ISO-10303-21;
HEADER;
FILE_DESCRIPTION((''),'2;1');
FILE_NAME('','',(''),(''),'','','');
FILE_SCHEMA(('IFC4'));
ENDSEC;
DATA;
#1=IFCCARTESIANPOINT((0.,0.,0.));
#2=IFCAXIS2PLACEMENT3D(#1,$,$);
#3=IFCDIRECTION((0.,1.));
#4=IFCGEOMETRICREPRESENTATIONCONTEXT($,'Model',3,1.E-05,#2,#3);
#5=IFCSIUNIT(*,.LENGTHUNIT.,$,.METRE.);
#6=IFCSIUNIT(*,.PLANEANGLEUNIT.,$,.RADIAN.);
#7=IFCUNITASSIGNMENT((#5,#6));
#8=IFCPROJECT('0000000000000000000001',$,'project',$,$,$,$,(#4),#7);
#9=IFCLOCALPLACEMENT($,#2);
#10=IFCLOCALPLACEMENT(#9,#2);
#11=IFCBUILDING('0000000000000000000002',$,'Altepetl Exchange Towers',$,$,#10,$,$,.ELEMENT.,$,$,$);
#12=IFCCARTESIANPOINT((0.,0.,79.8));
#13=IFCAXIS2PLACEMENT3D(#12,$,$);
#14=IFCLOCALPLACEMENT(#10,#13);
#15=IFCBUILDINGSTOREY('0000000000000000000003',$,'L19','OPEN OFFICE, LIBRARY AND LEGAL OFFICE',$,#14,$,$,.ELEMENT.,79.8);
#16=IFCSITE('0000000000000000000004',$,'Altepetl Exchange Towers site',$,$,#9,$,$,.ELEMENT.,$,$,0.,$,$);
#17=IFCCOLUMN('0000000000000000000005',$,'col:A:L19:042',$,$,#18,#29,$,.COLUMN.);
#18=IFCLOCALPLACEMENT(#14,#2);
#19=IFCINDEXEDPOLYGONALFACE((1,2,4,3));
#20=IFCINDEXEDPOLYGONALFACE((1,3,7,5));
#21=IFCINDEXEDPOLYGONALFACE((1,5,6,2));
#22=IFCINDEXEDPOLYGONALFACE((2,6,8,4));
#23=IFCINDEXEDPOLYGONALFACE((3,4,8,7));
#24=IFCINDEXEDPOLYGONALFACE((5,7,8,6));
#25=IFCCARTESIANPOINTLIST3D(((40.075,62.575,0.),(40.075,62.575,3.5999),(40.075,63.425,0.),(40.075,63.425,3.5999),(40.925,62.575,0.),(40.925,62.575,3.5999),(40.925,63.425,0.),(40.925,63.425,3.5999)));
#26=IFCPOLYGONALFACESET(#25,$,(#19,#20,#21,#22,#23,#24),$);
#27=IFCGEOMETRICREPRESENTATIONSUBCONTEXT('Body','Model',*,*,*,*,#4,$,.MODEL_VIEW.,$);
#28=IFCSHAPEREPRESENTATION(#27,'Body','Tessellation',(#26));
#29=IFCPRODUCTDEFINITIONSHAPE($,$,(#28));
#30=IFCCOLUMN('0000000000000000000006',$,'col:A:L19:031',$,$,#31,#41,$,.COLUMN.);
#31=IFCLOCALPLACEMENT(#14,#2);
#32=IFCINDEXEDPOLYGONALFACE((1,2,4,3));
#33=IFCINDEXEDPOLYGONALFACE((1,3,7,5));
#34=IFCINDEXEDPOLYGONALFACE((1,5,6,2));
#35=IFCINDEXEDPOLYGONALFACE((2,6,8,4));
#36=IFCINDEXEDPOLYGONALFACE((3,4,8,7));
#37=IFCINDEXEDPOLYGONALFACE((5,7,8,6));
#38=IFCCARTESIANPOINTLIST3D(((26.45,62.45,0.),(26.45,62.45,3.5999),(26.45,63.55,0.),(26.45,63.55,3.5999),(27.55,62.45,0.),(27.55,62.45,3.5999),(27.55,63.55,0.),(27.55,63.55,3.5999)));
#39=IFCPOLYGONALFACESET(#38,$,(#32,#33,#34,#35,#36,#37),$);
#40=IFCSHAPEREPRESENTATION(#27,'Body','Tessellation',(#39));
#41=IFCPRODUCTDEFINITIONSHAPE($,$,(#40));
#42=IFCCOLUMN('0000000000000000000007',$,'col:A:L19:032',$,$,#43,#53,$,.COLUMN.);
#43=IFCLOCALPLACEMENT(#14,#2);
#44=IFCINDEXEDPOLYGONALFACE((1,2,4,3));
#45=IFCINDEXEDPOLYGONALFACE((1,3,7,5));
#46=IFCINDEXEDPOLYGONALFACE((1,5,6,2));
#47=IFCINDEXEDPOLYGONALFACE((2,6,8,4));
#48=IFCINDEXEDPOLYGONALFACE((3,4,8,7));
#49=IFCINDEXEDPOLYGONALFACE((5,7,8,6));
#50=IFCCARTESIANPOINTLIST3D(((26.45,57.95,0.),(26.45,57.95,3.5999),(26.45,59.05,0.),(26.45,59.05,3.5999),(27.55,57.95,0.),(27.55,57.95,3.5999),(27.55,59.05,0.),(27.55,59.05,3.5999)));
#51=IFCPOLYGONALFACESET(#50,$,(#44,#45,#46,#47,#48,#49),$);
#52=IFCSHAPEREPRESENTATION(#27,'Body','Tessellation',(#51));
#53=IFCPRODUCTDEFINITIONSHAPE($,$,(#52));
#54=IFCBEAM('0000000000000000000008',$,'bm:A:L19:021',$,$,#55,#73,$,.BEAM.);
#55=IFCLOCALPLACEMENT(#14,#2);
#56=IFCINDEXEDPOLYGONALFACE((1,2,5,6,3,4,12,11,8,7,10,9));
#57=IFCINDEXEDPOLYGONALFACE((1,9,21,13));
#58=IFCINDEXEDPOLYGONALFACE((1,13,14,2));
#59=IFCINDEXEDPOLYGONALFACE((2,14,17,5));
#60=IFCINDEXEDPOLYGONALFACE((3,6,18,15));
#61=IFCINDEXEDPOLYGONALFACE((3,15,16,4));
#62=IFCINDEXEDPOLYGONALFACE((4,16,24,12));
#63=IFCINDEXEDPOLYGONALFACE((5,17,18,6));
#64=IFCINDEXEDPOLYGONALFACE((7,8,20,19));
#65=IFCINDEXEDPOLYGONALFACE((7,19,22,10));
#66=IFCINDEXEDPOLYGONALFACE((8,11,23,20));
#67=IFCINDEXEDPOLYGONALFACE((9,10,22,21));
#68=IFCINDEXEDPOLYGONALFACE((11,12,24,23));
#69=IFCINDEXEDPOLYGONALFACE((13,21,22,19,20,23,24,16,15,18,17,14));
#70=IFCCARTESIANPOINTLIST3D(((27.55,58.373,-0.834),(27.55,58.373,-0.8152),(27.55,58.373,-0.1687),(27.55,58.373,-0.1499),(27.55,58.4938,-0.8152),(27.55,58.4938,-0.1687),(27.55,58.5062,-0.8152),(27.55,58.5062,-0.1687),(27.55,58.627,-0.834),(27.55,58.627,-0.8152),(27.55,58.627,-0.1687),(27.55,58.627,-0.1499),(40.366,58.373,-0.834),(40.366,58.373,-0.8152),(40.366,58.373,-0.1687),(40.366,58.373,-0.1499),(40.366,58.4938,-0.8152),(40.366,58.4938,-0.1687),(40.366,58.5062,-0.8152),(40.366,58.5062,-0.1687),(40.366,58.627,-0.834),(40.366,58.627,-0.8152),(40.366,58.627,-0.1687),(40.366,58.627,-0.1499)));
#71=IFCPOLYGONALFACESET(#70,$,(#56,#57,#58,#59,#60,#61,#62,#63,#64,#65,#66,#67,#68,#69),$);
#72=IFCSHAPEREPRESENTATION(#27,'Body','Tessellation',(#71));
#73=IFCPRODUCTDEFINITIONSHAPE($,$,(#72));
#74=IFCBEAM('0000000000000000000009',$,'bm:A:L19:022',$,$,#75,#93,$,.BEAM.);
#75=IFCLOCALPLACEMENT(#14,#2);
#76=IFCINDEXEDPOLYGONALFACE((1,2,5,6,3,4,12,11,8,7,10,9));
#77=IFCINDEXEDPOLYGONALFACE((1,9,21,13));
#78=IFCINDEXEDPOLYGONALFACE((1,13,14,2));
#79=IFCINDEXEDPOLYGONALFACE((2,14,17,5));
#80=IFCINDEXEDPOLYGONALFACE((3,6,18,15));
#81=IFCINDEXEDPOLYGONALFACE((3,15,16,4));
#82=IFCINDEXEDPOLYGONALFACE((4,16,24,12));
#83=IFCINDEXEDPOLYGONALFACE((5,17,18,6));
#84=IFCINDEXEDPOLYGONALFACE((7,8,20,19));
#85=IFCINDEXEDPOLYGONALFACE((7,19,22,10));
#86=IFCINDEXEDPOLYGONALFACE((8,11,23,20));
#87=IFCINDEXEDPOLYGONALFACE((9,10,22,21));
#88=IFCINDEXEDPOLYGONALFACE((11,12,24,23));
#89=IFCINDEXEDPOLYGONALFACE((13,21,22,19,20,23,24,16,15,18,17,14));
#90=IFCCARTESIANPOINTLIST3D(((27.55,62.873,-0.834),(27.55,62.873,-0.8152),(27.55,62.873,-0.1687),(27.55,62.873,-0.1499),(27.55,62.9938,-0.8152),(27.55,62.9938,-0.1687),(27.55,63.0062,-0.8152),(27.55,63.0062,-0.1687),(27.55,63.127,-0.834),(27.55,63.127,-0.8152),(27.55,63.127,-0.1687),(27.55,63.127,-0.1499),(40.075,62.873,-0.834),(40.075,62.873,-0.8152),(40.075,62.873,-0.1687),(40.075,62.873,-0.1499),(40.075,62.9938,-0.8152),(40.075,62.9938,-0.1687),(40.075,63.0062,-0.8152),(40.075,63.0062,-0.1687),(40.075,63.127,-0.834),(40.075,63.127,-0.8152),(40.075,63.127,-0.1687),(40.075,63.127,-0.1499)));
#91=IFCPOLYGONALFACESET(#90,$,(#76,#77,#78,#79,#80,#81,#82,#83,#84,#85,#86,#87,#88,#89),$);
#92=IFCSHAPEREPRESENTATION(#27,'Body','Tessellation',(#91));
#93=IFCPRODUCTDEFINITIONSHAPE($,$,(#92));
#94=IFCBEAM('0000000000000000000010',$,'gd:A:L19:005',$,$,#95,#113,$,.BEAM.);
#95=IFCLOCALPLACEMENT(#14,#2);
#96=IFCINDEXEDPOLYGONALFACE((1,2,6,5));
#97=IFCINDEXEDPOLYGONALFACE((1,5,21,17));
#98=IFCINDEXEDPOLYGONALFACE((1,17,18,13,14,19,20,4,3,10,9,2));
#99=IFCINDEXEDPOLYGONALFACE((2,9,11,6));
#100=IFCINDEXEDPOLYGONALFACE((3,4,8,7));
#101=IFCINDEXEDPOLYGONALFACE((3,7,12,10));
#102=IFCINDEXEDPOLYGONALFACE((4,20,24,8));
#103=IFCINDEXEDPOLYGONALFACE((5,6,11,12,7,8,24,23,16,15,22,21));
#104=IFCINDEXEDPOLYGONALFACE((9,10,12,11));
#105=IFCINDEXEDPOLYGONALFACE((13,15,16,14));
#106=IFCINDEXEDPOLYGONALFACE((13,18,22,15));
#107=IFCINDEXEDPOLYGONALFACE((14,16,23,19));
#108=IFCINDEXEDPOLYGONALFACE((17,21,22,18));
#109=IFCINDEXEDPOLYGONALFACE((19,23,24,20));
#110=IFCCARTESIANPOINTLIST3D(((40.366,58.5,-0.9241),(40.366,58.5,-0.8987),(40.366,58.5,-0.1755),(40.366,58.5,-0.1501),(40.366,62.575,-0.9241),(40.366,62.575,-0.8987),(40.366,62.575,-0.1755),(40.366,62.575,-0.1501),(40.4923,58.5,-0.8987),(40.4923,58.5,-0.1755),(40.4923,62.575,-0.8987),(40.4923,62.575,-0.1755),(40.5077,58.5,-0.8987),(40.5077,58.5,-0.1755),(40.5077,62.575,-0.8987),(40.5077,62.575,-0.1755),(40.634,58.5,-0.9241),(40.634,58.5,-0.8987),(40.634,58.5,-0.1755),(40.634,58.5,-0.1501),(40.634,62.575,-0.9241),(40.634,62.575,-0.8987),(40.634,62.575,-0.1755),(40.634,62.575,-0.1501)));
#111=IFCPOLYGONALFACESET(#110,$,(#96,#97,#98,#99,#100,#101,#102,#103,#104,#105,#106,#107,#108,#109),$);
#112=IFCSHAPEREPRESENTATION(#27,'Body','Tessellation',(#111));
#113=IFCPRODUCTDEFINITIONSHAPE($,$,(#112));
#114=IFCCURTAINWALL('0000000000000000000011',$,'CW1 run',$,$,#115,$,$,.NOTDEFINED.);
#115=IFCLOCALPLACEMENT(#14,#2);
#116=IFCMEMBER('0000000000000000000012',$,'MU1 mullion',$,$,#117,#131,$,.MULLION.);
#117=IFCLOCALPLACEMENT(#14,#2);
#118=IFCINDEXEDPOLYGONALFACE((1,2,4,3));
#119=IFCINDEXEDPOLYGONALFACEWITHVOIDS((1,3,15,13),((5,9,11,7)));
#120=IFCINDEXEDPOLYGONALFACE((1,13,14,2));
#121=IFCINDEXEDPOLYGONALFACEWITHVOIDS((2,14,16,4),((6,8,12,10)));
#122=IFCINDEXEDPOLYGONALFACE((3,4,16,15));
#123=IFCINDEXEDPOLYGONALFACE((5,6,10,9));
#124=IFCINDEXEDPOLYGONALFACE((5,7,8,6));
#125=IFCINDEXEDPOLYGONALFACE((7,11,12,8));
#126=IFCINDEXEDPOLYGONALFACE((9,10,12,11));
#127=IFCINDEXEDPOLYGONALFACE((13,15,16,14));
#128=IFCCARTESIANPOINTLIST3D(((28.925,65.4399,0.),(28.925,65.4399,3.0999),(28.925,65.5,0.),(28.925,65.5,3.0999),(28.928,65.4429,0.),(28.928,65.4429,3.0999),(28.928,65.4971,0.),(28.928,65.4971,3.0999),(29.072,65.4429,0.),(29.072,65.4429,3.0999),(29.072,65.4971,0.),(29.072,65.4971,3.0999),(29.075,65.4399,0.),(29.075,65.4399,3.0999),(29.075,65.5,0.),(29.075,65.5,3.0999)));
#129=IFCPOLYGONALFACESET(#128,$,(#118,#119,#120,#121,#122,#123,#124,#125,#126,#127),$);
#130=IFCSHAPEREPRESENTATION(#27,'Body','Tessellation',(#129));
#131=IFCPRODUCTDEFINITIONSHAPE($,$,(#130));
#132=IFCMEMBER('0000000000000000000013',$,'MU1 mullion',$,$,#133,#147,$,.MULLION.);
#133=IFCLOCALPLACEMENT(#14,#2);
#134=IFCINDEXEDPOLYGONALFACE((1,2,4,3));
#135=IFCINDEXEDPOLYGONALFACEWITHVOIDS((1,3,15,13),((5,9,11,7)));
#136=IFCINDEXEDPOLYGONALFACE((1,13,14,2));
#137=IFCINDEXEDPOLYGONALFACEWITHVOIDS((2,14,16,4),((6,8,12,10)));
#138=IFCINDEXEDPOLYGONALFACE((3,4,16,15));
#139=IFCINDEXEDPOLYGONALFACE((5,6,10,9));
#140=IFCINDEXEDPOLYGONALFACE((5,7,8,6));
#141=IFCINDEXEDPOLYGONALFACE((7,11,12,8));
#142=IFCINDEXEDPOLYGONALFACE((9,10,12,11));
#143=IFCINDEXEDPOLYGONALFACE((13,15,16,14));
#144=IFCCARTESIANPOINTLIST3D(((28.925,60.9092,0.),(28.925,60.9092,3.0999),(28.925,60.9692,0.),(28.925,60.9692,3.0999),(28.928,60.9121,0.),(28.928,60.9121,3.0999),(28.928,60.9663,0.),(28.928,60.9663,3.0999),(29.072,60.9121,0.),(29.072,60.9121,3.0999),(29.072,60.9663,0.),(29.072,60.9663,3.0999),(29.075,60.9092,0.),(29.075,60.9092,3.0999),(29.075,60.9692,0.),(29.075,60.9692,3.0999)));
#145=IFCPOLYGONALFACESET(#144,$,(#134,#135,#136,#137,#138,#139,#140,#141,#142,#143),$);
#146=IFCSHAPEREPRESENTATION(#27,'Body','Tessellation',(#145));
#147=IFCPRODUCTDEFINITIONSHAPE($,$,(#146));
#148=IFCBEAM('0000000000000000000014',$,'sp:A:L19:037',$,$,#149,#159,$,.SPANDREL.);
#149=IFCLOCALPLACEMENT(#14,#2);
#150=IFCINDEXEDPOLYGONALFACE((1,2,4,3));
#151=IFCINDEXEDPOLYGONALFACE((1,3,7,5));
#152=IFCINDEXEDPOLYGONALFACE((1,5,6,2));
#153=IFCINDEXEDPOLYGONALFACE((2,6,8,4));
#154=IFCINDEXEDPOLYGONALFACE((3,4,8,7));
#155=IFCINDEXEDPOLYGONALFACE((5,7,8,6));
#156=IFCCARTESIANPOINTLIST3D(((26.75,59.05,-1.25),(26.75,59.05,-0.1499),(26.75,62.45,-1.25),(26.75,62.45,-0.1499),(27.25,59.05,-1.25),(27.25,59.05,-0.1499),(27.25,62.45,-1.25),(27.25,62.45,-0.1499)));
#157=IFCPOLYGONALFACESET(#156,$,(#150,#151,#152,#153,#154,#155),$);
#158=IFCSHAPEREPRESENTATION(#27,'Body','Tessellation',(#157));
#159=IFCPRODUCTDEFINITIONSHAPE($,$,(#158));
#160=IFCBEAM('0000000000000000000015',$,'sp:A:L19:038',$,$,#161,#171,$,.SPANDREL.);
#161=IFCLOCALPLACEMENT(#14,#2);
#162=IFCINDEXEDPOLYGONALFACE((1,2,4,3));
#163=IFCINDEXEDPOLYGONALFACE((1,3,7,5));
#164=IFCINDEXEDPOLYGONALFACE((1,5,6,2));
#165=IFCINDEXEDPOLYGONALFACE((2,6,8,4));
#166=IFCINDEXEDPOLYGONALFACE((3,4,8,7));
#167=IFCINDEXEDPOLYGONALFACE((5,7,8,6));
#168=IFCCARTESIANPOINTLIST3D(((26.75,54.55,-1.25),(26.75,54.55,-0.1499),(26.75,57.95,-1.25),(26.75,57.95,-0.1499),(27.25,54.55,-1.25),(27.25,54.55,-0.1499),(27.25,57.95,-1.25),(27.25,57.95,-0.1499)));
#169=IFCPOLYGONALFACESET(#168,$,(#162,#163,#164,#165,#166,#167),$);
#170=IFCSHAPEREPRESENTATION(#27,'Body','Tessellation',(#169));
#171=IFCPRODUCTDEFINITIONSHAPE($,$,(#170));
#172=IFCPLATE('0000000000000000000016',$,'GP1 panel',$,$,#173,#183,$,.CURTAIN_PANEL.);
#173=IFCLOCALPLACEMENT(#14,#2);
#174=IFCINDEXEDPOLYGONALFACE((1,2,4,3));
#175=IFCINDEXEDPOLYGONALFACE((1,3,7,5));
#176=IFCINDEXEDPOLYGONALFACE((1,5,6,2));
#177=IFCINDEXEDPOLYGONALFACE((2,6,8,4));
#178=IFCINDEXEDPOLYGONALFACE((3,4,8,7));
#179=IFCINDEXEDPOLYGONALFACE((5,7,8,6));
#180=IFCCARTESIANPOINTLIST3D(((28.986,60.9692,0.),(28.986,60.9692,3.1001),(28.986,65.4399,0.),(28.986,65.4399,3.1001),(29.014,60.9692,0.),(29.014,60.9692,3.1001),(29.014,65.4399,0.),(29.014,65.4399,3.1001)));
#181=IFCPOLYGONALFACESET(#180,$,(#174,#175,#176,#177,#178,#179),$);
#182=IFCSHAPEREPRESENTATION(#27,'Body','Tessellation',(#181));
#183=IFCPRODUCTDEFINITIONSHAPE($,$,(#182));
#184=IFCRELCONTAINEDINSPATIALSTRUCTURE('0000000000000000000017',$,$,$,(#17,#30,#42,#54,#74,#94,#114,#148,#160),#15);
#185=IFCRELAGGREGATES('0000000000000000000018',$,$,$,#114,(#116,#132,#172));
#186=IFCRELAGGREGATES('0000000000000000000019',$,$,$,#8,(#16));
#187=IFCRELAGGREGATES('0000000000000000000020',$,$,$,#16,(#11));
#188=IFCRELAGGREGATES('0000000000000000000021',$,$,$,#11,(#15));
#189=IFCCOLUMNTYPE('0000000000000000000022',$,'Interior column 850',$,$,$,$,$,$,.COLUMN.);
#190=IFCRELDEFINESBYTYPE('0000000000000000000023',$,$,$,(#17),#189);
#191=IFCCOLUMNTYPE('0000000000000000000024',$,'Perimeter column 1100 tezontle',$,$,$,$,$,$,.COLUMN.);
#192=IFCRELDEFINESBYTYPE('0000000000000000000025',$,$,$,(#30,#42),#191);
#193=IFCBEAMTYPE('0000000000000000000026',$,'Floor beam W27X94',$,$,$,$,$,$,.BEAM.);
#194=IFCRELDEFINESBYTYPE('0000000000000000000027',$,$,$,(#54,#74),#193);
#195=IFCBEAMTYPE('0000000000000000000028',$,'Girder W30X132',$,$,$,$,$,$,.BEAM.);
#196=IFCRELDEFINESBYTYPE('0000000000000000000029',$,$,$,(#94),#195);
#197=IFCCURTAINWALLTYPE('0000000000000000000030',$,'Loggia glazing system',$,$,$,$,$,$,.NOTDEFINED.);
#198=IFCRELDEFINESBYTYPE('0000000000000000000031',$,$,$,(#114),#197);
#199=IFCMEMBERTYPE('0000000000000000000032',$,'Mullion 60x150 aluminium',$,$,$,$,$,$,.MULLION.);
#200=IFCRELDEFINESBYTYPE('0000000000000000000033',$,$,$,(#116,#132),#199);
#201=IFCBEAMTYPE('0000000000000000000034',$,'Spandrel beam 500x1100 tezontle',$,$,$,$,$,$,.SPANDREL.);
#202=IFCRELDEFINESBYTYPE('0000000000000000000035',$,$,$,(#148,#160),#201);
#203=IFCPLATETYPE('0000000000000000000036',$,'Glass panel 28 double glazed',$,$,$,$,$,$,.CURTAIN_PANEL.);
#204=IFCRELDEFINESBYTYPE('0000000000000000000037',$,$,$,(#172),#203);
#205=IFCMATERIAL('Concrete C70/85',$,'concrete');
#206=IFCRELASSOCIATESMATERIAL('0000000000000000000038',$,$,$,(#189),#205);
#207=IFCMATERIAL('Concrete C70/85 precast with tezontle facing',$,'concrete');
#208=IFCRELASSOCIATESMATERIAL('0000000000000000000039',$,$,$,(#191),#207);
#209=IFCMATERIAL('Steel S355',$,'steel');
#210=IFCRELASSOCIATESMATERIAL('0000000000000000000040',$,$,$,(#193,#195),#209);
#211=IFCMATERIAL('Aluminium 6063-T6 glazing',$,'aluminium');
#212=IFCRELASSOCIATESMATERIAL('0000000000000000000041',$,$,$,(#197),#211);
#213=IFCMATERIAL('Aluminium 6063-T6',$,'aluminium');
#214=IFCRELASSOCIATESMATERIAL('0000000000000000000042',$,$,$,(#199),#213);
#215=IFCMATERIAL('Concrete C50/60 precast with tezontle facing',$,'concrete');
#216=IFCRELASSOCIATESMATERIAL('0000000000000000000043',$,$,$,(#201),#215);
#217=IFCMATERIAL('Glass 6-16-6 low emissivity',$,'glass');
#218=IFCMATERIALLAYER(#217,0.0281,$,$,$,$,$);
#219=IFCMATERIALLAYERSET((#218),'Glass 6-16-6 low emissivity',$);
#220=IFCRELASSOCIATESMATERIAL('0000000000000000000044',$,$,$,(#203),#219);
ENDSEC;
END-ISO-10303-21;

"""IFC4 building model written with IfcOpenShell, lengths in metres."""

from ifc_helpers import new_model, si_unit, direction, frame, origin, origin_2d, place, context, subcontext, project, spatial, rectangle, hollow_rectangle, i_section, extrude, material, layer, layer_set, material_profile, profile_set, type_object, element, aggregate, save


model = new_model("IFC4")

# Units and contexts
model_context = context("Model", 3, precision=1e-05, world=origin(), true_north=direction((0.0, 1.0)))
body_context = subcontext(model_context, "Body", "Model", "MODEL_VIEW")
ifc_project = project(units=[si_unit("LENGTHUNIT", "METRE"), si_unit("PLANEANGLEUNIT", "RADIAN")], contexts=[model_context])

# Site, building, storey
site_placement = place(None, origin())
site = spatial("IfcSite", under=ifc_project, at=site_placement, Name="Altepetl Exchange Towers site", CompositionType="ELEMENT", RefElevation=0.0)
building_placement = place(site_placement, origin())
building = spatial("IfcBuilding", under=site, at=building_placement, Name="Altepetl Exchange Towers", CompositionType="ELEMENT")
storey_placement = place(building_placement, frame((0.0, 0.0, 79.8)))
storey = spatial("IfcBuildingStorey", under=building, at=storey_placement, Name="L19", Description="OPEN OFFICE, LIBRARY AND LEGAL OFFICE", CompositionType="ELEMENT", Elevation=79.8)

# Columns
ifc_material_1 = material(Name="Concrete C70/85", Category="concrete")
ifc_material_profile_1 = material_profile(ifc_material_1, rectangle(XDim=0.8501, YDim=0.8501, at=origin_2d()), Name="850 x 850")
ifc_profile_set_1 = profile_set([ifc_material_profile_1], Name="Concrete C70/85")
column_type_1 = type_object("IfcColumnType", Name="Interior column 850", PredefinedType="COLUMN", material=ifc_profile_set_1)
column_placement = place(storey_placement, frame((40.5, 63.0, 0.0)))
element("IfcColumn", 1, at=column_placement, inside=storey, type_object=column_type_1, Name="col:A:L19:042", PredefinedType="COLUMN", context=body_context, shape_type="SweptSolid", body=[
    extrude(rectangle(XDim=0.8501, YDim=0.8501, at=origin_2d()), origin(), (0.0, 0.0, 1.0), 3.5999),
])
ifc_material_2 = material(Name="Concrete C70/85 precast with tezontle facing", Category="concrete")
ifc_material_profile_2 = material_profile(ifc_material_2, rectangle(XDim=1.1001, YDim=1.1001, at=origin_2d()), Name="1100 x 1100")
ifc_profile_set_2 = profile_set([ifc_material_profile_2], Name="Concrete C70/85 precast with tezontle facing")
column_type_2 = type_object("IfcColumnType", Name="Perimeter column 1100 tezontle", PredefinedType="COLUMN", material=ifc_profile_set_2)
for number, where, name in (
    (2, (27.0, 63.0, 0.0), "col:A:L19:031"),
    (3, (27.0, 58.5, 0.0), "col:A:L19:032"),
):
    element("IfcColumn", number, at=place(storey_placement, frame(where)), inside=storey, type_object=column_type_2, Name=name, PredefinedType="COLUMN", context=body_context, shape_type="SweptSolid", body=[
        extrude(rectangle(XDim=1.1001, YDim=1.1001, at=origin_2d()), origin(), (0.0, 0.0, 1.0), 3.5999),
    ])

# Beams
ifc_material_3 = material(Name="Steel S355", Category="steel")
ifc_material_profile_3 = material_profile(ifc_material_3, i_section(OverallWidth=0.2539, OverallDepth=0.6841, WebThickness=0.0125, FlangeThickness=0.0188, at=origin_2d()), Name="W27X94")
ifc_profile_set_3 = profile_set([ifc_material_profile_3], Name="Steel S355")
beam_type_1 = type_object("IfcBeamType", Name="Floor beam W27X94", PredefinedType="BEAM", material=ifc_profile_set_3)
beam_1_placement = place(storey_placement, frame((27.55, 58.5, -0.4919), z_axis=(1.0, 0.0, 0.0), x_axis=(0.0, 1.0, 0.0)))
element("IfcBeam", 4, at=beam_1_placement, inside=storey, type_object=beam_type_1, Name="bm:A:L19:021", PredefinedType="BEAM", context=body_context, shape_type="SweptSolid", body=[
    extrude(i_section(OverallWidth=0.2539, OverallDepth=0.6841, WebThickness=0.0125, FlangeThickness=0.0188, at=origin_2d()), origin(), (0.0, 0.0, 1.0), 12.8159),
])
beam_2_placement = place(storey_placement, frame((27.55, 63.0, -0.4919), z_axis=(1.0, 0.0, 0.0), x_axis=(0.0, 1.0, 0.0)))
element("IfcBeam", 5, at=beam_2_placement, inside=storey, type_object=beam_type_1, Name="bm:A:L19:022", PredefinedType="BEAM", context=body_context, shape_type="SweptSolid", body=[
    extrude(i_section(OverallWidth=0.2539, OverallDepth=0.6841, WebThickness=0.0125, FlangeThickness=0.0188, at=origin_2d()), origin(), (0.0, 0.0, 1.0), 12.5249),
])
ifc_material_profile_4 = material_profile(ifc_material_3, i_section(OverallWidth=0.2681, OverallDepth=0.7739, WebThickness=0.0154, FlangeThickness=0.0254, at=origin_2d()), Name="W30X132")
ifc_profile_set_4 = profile_set([ifc_material_profile_4], Name="Steel S355")
beam_type_2 = type_object("IfcBeamType", Name="Girder W30X132", PredefinedType="BEAM", material=ifc_profile_set_4)
beam_3_placement = place(storey_placement, frame((40.5, 62.575, -0.5371), z_axis=(0.0, -1.0, 0.0), x_axis=(1.0, 0.0, 0.0)))
element("IfcBeam", 6, at=beam_3_placement, inside=storey, type_object=beam_type_2, Name="gd:A:L19:005", PredefinedType="BEAM", context=body_context, shape_type="SweptSolid", body=[
    extrude(i_section(OverallWidth=0.2681, OverallDepth=0.7739, WebThickness=0.0154, FlangeThickness=0.0254, at=origin_2d()), origin(), (0.0, 0.0, 1.0), 4.075),
])

# Curtain wall, members
ifc_material_4 = material(Name="Aluminium 6063-T6 glazing", Category="aluminium")
curtain_wall_type = type_object("IfcCurtainWallType", Name="Loggia glazing system", PredefinedType="NOTDEFINED", material=ifc_material_4)
curtain_wall_placement = place(storey_placement, origin())
curtain_wall = element("IfcCurtainWall", 7, at=curtain_wall_placement, inside=storey, type_object=curtain_wall_type, Name="CW1 run", PredefinedType="NOTDEFINED")
ifc_material_5 = material(Name="Aluminium 6063-T6", Category="aluminium")
ifc_material_profile_5 = material_profile(ifc_material_5, hollow_rectangle(XDim=0.0601, YDim=0.1499, WallThickness=0.0029, at=origin_2d()), Name="Mullion 60x150 aluminium")
ifc_profile_set_5 = profile_set([ifc_material_profile_5], Name="Aluminium 6063-T6")
member_type = type_object("IfcMemberType", Name="Mullion 60x150 aluminium", PredefinedType="MULLION", material=ifc_profile_set_5)
member_1_placement = place(storey_placement, frame((29.0, 65.47, 0.0), z_axis=(0.0, 0.0, 1.0), x_axis=(0.0, -1.0, 0.0)))
member_1 = element("IfcMember", 8, at=member_1_placement, type_object=member_type, Name="MU1 mullion", PredefinedType="MULLION", context=body_context, shape_type="SweptSolid", body=[
    extrude(hollow_rectangle(XDim=0.0601, YDim=0.1499, WallThickness=0.0029, at=origin_2d()), origin(), (0.0, 0.0, 1.0), 3.0999),
])
member_2_placement = place(storey_placement, frame((29.0, 60.9392, 0.0), z_axis=(0.0, 0.0, 1.0), x_axis=(0.0, -1.0, 0.0)))
member_2 = element("IfcMember", 9, at=member_2_placement, type_object=member_type, Name="MU1 mullion", PredefinedType="MULLION", context=body_context, shape_type="SweptSolid", body=[
    extrude(hollow_rectangle(XDim=0.0601, YDim=0.1499, WallThickness=0.0029, at=origin_2d()), origin(), (0.0, 0.0, 1.0), 3.0999),
])

# Beams
ifc_material_6 = material(Name="Concrete C50/60 precast with tezontle facing", Category="concrete")
ifc_material_profile_6 = material_profile(ifc_material_6, rectangle(XDim=0.5, YDim=1.1001, at=origin_2d()), Name="500 x 1100")
ifc_profile_set_6 = profile_set([ifc_material_profile_6], Name="Concrete C50/60 precast with tezontle facing")
beam_type_3 = type_object("IfcBeamType", Name="Spandrel beam 500x1100 tezontle", PredefinedType="SPANDREL", material=ifc_profile_set_6)
for number, where, z_axis, x_axis, name in (
    (10, (27.0, 62.45, -0.7), (0.0, -1.0, 0.0), (1.0, 0.0, 0.0), "sp:A:L19:037"),
    (11, (27.0, 57.95, -0.7), (0.0, -1.0, 0.0), (1.0, 0.0, 0.0), "sp:A:L19:038"),
):
    element("IfcBeam", number, at=place(storey_placement, frame(where, z_axis=z_axis, x_axis=x_axis)), inside=storey, type_object=beam_type_3, Name=name, PredefinedType="SPANDREL", context=body_context, shape_type="SweptSolid", body=[
        extrude(rectangle(XDim=0.5, YDim=1.1001, at=origin_2d()), origin(), (0.0, 0.0, 1.0), 3.3999),
    ])

# Plate
ifc_material_7 = material(Name="Glass 6-16-6 low emissivity", Category="glass")
ifc_layer_1 = layer(ifc_material_7, 0.0281)
ifc_layer_set_1 = layer_set([ifc_layer_1], Name="Glass 6-16-6 low emissivity")
plate_type = type_object("IfcPlateType", Name="Glass panel 28 double glazed", PredefinedType="CURTAIN_PANEL", material=ifc_layer_set_1)
plate_1_placement = place(storey_placement, frame((29.0, 63.2046, 0.0), z_axis=(0.0, 0.0, 1.0), x_axis=(0.0, -1.0, 0.0)))
plate_1 = element("IfcPlate", 12, at=plate_1_placement, type_object=plate_type, Name="GP1 panel", PredefinedType="CURTAIN_PANEL", context=body_context, shape_type="SweptSolid", body=[
    extrude(rectangle(XDim=4.4707, YDim=0.0281, at=origin_2d()), origin(), (0.0, 0.0, 1.0), 3.1001),
])
aggregate(curtain_wall, [member_1, member_2, plate_1])

save(model, "model.ifc")
